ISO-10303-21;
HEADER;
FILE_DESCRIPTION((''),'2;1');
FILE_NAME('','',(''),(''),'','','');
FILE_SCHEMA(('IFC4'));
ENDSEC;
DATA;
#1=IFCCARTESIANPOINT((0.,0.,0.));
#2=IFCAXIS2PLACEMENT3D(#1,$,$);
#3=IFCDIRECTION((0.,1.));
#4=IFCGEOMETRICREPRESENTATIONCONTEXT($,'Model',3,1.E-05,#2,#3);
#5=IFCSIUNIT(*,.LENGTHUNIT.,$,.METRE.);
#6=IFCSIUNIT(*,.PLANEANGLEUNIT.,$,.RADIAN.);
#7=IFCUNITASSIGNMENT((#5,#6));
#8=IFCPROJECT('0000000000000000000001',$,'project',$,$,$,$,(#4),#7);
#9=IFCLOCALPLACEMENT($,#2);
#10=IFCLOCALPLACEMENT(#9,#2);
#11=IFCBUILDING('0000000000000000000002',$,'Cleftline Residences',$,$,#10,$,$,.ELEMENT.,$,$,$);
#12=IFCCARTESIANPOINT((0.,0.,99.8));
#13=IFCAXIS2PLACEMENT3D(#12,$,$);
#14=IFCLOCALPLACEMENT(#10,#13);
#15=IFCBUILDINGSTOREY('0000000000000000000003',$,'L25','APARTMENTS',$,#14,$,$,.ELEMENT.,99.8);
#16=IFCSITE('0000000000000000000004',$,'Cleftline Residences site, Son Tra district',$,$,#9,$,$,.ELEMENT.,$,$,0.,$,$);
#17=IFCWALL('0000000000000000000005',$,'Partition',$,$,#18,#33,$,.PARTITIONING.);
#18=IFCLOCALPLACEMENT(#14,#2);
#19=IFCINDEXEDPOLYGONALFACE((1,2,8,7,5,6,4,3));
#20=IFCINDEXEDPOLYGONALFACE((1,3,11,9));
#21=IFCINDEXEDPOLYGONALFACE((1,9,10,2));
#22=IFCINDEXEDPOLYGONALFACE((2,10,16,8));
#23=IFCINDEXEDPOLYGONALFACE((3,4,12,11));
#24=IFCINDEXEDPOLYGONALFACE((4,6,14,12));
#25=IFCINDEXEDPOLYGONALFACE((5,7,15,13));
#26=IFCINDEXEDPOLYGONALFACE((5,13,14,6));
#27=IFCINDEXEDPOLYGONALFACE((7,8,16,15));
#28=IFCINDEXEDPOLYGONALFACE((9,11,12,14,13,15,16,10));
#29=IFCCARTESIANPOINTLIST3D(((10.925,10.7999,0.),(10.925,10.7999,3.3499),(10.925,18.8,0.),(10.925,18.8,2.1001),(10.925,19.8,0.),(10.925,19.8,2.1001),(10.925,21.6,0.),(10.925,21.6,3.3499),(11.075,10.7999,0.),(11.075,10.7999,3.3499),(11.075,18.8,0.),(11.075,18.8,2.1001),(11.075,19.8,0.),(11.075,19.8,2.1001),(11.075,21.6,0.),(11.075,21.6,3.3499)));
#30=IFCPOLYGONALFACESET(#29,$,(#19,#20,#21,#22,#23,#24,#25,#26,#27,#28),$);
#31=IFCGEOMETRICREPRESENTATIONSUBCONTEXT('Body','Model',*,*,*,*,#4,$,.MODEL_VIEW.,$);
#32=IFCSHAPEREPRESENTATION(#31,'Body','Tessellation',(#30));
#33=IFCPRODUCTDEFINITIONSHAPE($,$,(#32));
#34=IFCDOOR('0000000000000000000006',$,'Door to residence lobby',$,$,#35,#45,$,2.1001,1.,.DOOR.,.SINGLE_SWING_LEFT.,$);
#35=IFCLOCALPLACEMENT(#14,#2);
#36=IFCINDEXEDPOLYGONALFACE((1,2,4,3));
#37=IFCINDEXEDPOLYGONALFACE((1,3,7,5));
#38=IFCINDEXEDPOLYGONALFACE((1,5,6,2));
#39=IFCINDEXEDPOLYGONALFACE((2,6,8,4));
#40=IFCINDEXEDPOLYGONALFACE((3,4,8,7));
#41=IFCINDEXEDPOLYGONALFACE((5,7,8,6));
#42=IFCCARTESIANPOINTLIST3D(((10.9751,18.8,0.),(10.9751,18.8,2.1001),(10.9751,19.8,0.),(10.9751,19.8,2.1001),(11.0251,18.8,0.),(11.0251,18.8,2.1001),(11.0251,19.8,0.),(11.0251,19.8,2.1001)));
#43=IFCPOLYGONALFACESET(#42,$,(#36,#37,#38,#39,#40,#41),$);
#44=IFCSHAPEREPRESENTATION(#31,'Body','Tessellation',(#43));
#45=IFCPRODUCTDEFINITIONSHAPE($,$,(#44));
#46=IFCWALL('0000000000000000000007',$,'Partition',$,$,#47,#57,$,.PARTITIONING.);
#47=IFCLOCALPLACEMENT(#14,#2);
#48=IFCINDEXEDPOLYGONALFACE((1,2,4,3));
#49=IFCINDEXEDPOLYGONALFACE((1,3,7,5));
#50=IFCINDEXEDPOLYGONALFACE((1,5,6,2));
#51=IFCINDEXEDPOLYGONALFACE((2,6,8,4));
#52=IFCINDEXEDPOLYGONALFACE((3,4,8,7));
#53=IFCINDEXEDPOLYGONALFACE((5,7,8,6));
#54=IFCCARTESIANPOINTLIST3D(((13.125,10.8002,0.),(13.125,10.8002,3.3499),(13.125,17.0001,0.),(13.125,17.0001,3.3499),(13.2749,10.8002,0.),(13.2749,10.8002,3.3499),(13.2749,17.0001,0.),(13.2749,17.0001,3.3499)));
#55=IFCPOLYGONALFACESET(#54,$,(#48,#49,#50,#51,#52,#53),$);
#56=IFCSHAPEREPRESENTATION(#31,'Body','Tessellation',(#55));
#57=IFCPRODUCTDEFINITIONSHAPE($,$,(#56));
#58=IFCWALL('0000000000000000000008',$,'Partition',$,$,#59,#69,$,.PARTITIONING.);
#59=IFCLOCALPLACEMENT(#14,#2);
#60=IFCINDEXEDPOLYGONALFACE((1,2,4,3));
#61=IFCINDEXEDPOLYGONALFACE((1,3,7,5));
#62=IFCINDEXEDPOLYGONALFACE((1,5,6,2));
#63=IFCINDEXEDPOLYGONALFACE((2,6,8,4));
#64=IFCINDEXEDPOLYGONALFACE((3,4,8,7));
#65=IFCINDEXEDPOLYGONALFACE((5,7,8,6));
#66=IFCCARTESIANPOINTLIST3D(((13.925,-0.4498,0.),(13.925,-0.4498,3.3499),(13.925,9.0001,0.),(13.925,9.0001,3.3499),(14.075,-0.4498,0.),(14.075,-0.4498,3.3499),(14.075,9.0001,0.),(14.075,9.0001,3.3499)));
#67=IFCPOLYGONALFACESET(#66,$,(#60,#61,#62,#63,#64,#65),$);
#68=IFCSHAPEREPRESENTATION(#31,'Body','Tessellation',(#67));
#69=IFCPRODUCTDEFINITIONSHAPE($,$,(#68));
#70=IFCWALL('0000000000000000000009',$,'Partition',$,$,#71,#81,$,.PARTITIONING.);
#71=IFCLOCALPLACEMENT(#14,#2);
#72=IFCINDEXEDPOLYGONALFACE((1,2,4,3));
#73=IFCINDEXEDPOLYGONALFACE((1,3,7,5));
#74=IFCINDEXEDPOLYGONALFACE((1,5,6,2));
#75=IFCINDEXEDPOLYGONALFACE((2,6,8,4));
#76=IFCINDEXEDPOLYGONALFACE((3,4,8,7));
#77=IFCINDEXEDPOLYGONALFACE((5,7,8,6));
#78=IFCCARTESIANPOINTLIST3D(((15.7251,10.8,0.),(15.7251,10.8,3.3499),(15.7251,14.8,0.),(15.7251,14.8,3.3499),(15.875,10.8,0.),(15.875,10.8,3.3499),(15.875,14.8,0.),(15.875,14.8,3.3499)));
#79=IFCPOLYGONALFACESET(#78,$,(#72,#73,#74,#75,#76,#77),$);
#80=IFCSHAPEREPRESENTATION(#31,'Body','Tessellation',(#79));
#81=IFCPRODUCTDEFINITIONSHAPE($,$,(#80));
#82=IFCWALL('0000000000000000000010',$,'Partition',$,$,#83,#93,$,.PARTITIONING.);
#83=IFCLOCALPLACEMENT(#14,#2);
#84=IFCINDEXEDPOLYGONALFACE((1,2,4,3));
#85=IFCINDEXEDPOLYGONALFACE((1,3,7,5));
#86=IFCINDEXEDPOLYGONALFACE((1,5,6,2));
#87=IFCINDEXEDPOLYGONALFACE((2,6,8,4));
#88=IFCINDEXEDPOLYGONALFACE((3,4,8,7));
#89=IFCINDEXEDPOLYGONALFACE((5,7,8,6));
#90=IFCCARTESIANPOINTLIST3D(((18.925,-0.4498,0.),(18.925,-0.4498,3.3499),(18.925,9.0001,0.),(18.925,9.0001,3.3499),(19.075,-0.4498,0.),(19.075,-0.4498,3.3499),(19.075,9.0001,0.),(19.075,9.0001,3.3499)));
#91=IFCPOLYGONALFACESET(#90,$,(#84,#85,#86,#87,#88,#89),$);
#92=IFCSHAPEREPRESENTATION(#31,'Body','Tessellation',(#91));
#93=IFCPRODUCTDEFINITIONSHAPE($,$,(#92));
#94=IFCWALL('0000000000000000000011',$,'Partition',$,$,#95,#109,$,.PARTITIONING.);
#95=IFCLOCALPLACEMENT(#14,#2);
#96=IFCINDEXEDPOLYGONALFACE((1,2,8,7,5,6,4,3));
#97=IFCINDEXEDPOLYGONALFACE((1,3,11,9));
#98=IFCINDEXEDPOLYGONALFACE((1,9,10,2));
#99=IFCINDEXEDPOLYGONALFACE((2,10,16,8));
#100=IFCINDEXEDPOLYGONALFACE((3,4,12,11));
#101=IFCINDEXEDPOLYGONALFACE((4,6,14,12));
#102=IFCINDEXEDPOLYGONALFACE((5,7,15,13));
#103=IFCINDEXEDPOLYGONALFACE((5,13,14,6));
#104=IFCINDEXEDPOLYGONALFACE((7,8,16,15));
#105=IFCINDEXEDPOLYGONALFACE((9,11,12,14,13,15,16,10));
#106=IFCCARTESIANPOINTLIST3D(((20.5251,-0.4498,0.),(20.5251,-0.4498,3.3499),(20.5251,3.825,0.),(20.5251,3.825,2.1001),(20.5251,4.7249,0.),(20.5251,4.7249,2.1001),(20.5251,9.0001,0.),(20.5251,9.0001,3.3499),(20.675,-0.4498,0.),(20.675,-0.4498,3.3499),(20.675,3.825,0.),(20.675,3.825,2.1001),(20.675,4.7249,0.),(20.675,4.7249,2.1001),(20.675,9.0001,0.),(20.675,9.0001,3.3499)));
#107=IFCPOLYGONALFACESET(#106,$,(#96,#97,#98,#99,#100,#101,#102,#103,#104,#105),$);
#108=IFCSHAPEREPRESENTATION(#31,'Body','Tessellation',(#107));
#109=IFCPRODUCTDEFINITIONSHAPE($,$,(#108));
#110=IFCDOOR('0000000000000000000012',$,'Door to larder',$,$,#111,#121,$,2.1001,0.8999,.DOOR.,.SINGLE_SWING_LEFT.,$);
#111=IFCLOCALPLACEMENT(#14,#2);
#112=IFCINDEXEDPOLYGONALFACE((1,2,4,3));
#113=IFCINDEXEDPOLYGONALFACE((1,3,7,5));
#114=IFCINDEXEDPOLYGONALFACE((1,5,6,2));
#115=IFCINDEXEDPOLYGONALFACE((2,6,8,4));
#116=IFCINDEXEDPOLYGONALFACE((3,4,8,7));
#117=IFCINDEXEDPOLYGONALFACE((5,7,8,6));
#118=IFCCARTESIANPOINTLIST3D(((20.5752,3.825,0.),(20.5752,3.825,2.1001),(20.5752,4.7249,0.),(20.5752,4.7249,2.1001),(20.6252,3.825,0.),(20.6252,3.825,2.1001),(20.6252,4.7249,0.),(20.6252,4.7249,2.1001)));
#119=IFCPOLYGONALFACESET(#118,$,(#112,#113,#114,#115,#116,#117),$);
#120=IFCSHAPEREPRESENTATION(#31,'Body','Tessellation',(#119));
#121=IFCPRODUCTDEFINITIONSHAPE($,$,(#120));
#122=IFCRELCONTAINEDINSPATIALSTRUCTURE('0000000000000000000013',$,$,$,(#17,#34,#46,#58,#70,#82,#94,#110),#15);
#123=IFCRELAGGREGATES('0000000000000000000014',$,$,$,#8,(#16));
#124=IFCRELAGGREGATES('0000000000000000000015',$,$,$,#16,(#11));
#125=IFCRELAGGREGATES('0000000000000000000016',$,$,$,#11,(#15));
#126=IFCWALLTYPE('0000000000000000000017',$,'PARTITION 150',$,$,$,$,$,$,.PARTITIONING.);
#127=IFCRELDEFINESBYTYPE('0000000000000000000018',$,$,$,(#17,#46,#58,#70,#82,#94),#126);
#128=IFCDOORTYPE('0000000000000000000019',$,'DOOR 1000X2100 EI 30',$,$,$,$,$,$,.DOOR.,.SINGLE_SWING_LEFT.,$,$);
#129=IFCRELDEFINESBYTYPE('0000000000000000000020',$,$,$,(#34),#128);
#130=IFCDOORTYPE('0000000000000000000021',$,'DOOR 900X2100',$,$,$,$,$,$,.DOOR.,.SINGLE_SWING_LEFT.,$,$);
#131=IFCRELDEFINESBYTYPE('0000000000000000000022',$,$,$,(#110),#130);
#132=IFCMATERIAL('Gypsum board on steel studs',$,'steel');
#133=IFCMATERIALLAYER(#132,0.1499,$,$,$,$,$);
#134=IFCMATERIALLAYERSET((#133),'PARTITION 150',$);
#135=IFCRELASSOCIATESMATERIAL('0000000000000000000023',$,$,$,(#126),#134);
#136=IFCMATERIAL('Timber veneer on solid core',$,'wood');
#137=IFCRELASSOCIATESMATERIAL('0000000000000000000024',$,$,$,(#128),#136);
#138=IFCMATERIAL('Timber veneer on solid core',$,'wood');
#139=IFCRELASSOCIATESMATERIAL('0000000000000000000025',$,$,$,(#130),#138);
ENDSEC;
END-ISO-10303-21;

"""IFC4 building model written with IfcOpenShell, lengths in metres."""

from ifc_helpers import new_model, si_unit, direction, frame, frame_2d, origin, place, context, subcontext, project, spatial, rectangle, extrude, material, layer, layer_set, type_object, element, fill, save


model = new_model("IFC4")

# Units and contexts
model_context = context("Model", 3, precision=1e-05, world=origin(), true_north=direction((0.0, 1.0)))
body_context = subcontext(model_context, "Body", "Model", "MODEL_VIEW")
ifc_project = project(units=[si_unit("LENGTHUNIT", "METRE"), si_unit("PLANEANGLEUNIT", "RADIAN")], contexts=[model_context])

# Site, building, storey
site_placement = place(None, origin())
site = spatial("IfcSite", under=ifc_project, at=site_placement, Name="Cleftline Residences site, Son Tra district", CompositionType="ELEMENT", RefElevation=0.0)
building_placement = place(site_placement, origin())
building = spatial("IfcBuilding", under=site, at=building_placement, Name="Cleftline Residences", CompositionType="ELEMENT")
storey_placement = place(building_placement, frame((0.0, 0.0, 99.8)))
storey = spatial("IfcBuildingStorey", under=building, at=storey_placement, Name="L25", Description="APARTMENTS", CompositionType="ELEMENT", Elevation=99.8)

# Shared definitions
ifc_material_1 = material(Name="Gypsum board on steel studs", Category="steel")
ifc_layer_1 = layer(ifc_material_1, 0.1499)
ifc_layer_set_1 = layer_set([ifc_layer_1], Name="PARTITION 150")
wall_type = type_object("IfcWallType", Name="PARTITION 150", PredefinedType="PARTITIONING", material=ifc_layer_set_1)

# Wall, opening, door
wall_1_placement = place(storey_placement, frame((11.0, 10.8, 0.0), z_axis=(0.0, 0.0, 1.0), x_axis=(0.0, 1.0, 0.0)))
wall_1 = element("IfcWall", 1, at=wall_1_placement, inside=storey, type_object=wall_type, Name="Partition", PredefinedType="PARTITIONING", context=body_context, shape_type="SweptSolid", body=[
    extrude(rectangle(XDim=10.8, YDim=0.1499, at=frame_2d((5.3999, 0.0))), origin(), (0.0, 0.0, 1.0), 3.3499),
])
opening_1_placement = place(wall_1_placement, frame((8.0, 0.0, 0.0)))
opening_1 = element("IfcOpeningElement", 2, at=opening_1_placement, cuts=wall_1, PredefinedType="OPENING", context=body_context, shape_type="SweptSolid", body=[
    extrude(rectangle(XDim=1.0, YDim=2.1001, at=frame_2d((0.5, 1.05))), frame((0.0, 0.085, 0.0), z_axis=(0.0, -1.0, 0.0), x_axis=(1.0, 0.0, 0.0)), (0.0, 0.0, 1.0), 0.1699),
])
ifc_material_2 = material(Name="Timber veneer on solid core", Category="wood")
door_type_1 = type_object("IfcDoorType", Name="DOOR 1000X2100 EI 30", OperationType="SINGLE_SWING_LEFT", PredefinedType="DOOR", material=ifc_material_2)
door_1_placement = place(opening_1_placement, origin())
door_1 = element("IfcDoor", 3, at=door_1_placement, inside=storey, type_object=door_type_1, Name="Door to residence lobby", OperationType="SINGLE_SWING_LEFT", OverallHeight=2.1001, OverallWidth=1.0, PredefinedType="DOOR", context=body_context, shape_type="SweptSolid", body=[
    extrude(rectangle(XDim=1.0, YDim=2.1001, at=frame_2d((0.5, 1.05))), frame((0.0, 0.0249, 0.0), z_axis=(0.0, -1.0, 0.0), x_axis=(1.0, 0.0, 0.0)), (0.0, 0.0, 1.0), 0.05),
])
fill(opening_1, door_1)

# Walls
wall_2_placement = place(storey_placement, frame((13.2, 10.8, 0.0), z_axis=(0.0, 0.0, 1.0), x_axis=(0.0, 1.0, 0.0)))
element("IfcWall", 4, at=wall_2_placement, inside=storey, type_object=wall_type, Name="Partition", PredefinedType="PARTITIONING", context=body_context, shape_type="SweptSolid", body=[
    extrude(rectangle(XDim=6.2, YDim=0.1499, at=frame_2d((3.1001, 0.0))), origin(), (0.0, 0.0, 1.0), 3.3499),
])
wall_3_placement = place(storey_placement, frame((14.0, -0.45, 0.0), z_axis=(0.0, 0.0, 1.0), x_axis=(0.0, 1.0, 0.0)))
element("IfcWall", 5, at=wall_3_placement, inside=storey, type_object=wall_type, Name="Partition", PredefinedType="PARTITIONING", context=body_context, shape_type="SweptSolid", body=[
    extrude(rectangle(XDim=9.45, YDim=0.1499, at=frame_2d((4.7251, 0.0))), origin(), (0.0, 0.0, 1.0), 3.3499),
])
wall_4_placement = place(storey_placement, frame((15.8, 10.8, 0.0), z_axis=(0.0, 0.0, 1.0), x_axis=(0.0, 1.0, 0.0)))
element("IfcWall", 6, at=wall_4_placement, inside=storey, type_object=wall_type, Name="Partition", PredefinedType="PARTITIONING", context=body_context, shape_type="SweptSolid", body=[
    extrude(rectangle(XDim=4.0, YDim=0.1499, at=frame_2d((2.0, 0.0))), origin(), (0.0, 0.0, 1.0), 3.3499),
])
wall_5_placement = place(storey_placement, frame((19.0, -0.45, 0.0), z_axis=(0.0, 0.0, 1.0), x_axis=(0.0, 1.0, 0.0)))
element("IfcWall", 7, at=wall_5_placement, inside=storey, type_object=wall_type, Name="Partition", PredefinedType="PARTITIONING", context=body_context, shape_type="SweptSolid", body=[
    extrude(rectangle(XDim=9.45, YDim=0.1499, at=frame_2d((4.7251, 0.0))), origin(), (0.0, 0.0, 1.0), 3.3499),
])

# Wall, opening, door
wall_6_placement = place(storey_placement, frame((20.6001, -0.45, 0.0), z_axis=(0.0, 0.0, 1.0), x_axis=(0.0, 1.0, 0.0)))
wall_6 = element("IfcWall", 8, at=wall_6_placement, inside=storey, type_object=wall_type, Name="Partition", PredefinedType="PARTITIONING", context=body_context, shape_type="SweptSolid", body=[
    extrude(rectangle(XDim=9.45, YDim=0.1499, at=frame_2d((4.7251, 0.0))), origin(), (0.0, 0.0, 1.0), 3.3499),
])
opening_2_placement = place(wall_6_placement, frame((4.2749, 0.0, 0.0)))
opening_2 = element("IfcOpeningElement", 9, at=opening_2_placement, cuts=wall_6, PredefinedType="OPENING", context=body_context, shape_type="SweptSolid", body=[
    extrude(rectangle(XDim=0.8999, YDim=2.1001, at=frame_2d((0.45, 1.05))), frame((0.0, 0.085, 0.0), z_axis=(0.0, -1.0, 0.0), x_axis=(1.0, 0.0, 0.0)), (0.0, 0.0, 1.0), 0.1699),
])
ifc_material_3 = material(Name="Timber veneer on solid core", Category="wood")
door_type_2 = type_object("IfcDoorType", Name="DOOR 900X2100", OperationType="SINGLE_SWING_LEFT", PredefinedType="DOOR", material=ifc_material_3)
door_2_placement = place(opening_2_placement, origin())
door_2 = element("IfcDoor", 10, at=door_2_placement, inside=storey, type_object=door_type_2, Name="Door to larder", OperationType="SINGLE_SWING_LEFT", OverallHeight=2.1001, OverallWidth=0.8999, PredefinedType="DOOR", context=body_context, shape_type="SweptSolid", body=[
    extrude(rectangle(XDim=0.8999, YDim=2.1001, at=frame_2d((0.45, 1.05))), frame((0.0, 0.0249, 0.0), z_axis=(0.0, -1.0, 0.0), x_axis=(1.0, 0.0, 0.0)), (0.0, 0.0, 1.0), 0.05),
])
fill(opening_2, door_2)

save(model, "model.ifc")
